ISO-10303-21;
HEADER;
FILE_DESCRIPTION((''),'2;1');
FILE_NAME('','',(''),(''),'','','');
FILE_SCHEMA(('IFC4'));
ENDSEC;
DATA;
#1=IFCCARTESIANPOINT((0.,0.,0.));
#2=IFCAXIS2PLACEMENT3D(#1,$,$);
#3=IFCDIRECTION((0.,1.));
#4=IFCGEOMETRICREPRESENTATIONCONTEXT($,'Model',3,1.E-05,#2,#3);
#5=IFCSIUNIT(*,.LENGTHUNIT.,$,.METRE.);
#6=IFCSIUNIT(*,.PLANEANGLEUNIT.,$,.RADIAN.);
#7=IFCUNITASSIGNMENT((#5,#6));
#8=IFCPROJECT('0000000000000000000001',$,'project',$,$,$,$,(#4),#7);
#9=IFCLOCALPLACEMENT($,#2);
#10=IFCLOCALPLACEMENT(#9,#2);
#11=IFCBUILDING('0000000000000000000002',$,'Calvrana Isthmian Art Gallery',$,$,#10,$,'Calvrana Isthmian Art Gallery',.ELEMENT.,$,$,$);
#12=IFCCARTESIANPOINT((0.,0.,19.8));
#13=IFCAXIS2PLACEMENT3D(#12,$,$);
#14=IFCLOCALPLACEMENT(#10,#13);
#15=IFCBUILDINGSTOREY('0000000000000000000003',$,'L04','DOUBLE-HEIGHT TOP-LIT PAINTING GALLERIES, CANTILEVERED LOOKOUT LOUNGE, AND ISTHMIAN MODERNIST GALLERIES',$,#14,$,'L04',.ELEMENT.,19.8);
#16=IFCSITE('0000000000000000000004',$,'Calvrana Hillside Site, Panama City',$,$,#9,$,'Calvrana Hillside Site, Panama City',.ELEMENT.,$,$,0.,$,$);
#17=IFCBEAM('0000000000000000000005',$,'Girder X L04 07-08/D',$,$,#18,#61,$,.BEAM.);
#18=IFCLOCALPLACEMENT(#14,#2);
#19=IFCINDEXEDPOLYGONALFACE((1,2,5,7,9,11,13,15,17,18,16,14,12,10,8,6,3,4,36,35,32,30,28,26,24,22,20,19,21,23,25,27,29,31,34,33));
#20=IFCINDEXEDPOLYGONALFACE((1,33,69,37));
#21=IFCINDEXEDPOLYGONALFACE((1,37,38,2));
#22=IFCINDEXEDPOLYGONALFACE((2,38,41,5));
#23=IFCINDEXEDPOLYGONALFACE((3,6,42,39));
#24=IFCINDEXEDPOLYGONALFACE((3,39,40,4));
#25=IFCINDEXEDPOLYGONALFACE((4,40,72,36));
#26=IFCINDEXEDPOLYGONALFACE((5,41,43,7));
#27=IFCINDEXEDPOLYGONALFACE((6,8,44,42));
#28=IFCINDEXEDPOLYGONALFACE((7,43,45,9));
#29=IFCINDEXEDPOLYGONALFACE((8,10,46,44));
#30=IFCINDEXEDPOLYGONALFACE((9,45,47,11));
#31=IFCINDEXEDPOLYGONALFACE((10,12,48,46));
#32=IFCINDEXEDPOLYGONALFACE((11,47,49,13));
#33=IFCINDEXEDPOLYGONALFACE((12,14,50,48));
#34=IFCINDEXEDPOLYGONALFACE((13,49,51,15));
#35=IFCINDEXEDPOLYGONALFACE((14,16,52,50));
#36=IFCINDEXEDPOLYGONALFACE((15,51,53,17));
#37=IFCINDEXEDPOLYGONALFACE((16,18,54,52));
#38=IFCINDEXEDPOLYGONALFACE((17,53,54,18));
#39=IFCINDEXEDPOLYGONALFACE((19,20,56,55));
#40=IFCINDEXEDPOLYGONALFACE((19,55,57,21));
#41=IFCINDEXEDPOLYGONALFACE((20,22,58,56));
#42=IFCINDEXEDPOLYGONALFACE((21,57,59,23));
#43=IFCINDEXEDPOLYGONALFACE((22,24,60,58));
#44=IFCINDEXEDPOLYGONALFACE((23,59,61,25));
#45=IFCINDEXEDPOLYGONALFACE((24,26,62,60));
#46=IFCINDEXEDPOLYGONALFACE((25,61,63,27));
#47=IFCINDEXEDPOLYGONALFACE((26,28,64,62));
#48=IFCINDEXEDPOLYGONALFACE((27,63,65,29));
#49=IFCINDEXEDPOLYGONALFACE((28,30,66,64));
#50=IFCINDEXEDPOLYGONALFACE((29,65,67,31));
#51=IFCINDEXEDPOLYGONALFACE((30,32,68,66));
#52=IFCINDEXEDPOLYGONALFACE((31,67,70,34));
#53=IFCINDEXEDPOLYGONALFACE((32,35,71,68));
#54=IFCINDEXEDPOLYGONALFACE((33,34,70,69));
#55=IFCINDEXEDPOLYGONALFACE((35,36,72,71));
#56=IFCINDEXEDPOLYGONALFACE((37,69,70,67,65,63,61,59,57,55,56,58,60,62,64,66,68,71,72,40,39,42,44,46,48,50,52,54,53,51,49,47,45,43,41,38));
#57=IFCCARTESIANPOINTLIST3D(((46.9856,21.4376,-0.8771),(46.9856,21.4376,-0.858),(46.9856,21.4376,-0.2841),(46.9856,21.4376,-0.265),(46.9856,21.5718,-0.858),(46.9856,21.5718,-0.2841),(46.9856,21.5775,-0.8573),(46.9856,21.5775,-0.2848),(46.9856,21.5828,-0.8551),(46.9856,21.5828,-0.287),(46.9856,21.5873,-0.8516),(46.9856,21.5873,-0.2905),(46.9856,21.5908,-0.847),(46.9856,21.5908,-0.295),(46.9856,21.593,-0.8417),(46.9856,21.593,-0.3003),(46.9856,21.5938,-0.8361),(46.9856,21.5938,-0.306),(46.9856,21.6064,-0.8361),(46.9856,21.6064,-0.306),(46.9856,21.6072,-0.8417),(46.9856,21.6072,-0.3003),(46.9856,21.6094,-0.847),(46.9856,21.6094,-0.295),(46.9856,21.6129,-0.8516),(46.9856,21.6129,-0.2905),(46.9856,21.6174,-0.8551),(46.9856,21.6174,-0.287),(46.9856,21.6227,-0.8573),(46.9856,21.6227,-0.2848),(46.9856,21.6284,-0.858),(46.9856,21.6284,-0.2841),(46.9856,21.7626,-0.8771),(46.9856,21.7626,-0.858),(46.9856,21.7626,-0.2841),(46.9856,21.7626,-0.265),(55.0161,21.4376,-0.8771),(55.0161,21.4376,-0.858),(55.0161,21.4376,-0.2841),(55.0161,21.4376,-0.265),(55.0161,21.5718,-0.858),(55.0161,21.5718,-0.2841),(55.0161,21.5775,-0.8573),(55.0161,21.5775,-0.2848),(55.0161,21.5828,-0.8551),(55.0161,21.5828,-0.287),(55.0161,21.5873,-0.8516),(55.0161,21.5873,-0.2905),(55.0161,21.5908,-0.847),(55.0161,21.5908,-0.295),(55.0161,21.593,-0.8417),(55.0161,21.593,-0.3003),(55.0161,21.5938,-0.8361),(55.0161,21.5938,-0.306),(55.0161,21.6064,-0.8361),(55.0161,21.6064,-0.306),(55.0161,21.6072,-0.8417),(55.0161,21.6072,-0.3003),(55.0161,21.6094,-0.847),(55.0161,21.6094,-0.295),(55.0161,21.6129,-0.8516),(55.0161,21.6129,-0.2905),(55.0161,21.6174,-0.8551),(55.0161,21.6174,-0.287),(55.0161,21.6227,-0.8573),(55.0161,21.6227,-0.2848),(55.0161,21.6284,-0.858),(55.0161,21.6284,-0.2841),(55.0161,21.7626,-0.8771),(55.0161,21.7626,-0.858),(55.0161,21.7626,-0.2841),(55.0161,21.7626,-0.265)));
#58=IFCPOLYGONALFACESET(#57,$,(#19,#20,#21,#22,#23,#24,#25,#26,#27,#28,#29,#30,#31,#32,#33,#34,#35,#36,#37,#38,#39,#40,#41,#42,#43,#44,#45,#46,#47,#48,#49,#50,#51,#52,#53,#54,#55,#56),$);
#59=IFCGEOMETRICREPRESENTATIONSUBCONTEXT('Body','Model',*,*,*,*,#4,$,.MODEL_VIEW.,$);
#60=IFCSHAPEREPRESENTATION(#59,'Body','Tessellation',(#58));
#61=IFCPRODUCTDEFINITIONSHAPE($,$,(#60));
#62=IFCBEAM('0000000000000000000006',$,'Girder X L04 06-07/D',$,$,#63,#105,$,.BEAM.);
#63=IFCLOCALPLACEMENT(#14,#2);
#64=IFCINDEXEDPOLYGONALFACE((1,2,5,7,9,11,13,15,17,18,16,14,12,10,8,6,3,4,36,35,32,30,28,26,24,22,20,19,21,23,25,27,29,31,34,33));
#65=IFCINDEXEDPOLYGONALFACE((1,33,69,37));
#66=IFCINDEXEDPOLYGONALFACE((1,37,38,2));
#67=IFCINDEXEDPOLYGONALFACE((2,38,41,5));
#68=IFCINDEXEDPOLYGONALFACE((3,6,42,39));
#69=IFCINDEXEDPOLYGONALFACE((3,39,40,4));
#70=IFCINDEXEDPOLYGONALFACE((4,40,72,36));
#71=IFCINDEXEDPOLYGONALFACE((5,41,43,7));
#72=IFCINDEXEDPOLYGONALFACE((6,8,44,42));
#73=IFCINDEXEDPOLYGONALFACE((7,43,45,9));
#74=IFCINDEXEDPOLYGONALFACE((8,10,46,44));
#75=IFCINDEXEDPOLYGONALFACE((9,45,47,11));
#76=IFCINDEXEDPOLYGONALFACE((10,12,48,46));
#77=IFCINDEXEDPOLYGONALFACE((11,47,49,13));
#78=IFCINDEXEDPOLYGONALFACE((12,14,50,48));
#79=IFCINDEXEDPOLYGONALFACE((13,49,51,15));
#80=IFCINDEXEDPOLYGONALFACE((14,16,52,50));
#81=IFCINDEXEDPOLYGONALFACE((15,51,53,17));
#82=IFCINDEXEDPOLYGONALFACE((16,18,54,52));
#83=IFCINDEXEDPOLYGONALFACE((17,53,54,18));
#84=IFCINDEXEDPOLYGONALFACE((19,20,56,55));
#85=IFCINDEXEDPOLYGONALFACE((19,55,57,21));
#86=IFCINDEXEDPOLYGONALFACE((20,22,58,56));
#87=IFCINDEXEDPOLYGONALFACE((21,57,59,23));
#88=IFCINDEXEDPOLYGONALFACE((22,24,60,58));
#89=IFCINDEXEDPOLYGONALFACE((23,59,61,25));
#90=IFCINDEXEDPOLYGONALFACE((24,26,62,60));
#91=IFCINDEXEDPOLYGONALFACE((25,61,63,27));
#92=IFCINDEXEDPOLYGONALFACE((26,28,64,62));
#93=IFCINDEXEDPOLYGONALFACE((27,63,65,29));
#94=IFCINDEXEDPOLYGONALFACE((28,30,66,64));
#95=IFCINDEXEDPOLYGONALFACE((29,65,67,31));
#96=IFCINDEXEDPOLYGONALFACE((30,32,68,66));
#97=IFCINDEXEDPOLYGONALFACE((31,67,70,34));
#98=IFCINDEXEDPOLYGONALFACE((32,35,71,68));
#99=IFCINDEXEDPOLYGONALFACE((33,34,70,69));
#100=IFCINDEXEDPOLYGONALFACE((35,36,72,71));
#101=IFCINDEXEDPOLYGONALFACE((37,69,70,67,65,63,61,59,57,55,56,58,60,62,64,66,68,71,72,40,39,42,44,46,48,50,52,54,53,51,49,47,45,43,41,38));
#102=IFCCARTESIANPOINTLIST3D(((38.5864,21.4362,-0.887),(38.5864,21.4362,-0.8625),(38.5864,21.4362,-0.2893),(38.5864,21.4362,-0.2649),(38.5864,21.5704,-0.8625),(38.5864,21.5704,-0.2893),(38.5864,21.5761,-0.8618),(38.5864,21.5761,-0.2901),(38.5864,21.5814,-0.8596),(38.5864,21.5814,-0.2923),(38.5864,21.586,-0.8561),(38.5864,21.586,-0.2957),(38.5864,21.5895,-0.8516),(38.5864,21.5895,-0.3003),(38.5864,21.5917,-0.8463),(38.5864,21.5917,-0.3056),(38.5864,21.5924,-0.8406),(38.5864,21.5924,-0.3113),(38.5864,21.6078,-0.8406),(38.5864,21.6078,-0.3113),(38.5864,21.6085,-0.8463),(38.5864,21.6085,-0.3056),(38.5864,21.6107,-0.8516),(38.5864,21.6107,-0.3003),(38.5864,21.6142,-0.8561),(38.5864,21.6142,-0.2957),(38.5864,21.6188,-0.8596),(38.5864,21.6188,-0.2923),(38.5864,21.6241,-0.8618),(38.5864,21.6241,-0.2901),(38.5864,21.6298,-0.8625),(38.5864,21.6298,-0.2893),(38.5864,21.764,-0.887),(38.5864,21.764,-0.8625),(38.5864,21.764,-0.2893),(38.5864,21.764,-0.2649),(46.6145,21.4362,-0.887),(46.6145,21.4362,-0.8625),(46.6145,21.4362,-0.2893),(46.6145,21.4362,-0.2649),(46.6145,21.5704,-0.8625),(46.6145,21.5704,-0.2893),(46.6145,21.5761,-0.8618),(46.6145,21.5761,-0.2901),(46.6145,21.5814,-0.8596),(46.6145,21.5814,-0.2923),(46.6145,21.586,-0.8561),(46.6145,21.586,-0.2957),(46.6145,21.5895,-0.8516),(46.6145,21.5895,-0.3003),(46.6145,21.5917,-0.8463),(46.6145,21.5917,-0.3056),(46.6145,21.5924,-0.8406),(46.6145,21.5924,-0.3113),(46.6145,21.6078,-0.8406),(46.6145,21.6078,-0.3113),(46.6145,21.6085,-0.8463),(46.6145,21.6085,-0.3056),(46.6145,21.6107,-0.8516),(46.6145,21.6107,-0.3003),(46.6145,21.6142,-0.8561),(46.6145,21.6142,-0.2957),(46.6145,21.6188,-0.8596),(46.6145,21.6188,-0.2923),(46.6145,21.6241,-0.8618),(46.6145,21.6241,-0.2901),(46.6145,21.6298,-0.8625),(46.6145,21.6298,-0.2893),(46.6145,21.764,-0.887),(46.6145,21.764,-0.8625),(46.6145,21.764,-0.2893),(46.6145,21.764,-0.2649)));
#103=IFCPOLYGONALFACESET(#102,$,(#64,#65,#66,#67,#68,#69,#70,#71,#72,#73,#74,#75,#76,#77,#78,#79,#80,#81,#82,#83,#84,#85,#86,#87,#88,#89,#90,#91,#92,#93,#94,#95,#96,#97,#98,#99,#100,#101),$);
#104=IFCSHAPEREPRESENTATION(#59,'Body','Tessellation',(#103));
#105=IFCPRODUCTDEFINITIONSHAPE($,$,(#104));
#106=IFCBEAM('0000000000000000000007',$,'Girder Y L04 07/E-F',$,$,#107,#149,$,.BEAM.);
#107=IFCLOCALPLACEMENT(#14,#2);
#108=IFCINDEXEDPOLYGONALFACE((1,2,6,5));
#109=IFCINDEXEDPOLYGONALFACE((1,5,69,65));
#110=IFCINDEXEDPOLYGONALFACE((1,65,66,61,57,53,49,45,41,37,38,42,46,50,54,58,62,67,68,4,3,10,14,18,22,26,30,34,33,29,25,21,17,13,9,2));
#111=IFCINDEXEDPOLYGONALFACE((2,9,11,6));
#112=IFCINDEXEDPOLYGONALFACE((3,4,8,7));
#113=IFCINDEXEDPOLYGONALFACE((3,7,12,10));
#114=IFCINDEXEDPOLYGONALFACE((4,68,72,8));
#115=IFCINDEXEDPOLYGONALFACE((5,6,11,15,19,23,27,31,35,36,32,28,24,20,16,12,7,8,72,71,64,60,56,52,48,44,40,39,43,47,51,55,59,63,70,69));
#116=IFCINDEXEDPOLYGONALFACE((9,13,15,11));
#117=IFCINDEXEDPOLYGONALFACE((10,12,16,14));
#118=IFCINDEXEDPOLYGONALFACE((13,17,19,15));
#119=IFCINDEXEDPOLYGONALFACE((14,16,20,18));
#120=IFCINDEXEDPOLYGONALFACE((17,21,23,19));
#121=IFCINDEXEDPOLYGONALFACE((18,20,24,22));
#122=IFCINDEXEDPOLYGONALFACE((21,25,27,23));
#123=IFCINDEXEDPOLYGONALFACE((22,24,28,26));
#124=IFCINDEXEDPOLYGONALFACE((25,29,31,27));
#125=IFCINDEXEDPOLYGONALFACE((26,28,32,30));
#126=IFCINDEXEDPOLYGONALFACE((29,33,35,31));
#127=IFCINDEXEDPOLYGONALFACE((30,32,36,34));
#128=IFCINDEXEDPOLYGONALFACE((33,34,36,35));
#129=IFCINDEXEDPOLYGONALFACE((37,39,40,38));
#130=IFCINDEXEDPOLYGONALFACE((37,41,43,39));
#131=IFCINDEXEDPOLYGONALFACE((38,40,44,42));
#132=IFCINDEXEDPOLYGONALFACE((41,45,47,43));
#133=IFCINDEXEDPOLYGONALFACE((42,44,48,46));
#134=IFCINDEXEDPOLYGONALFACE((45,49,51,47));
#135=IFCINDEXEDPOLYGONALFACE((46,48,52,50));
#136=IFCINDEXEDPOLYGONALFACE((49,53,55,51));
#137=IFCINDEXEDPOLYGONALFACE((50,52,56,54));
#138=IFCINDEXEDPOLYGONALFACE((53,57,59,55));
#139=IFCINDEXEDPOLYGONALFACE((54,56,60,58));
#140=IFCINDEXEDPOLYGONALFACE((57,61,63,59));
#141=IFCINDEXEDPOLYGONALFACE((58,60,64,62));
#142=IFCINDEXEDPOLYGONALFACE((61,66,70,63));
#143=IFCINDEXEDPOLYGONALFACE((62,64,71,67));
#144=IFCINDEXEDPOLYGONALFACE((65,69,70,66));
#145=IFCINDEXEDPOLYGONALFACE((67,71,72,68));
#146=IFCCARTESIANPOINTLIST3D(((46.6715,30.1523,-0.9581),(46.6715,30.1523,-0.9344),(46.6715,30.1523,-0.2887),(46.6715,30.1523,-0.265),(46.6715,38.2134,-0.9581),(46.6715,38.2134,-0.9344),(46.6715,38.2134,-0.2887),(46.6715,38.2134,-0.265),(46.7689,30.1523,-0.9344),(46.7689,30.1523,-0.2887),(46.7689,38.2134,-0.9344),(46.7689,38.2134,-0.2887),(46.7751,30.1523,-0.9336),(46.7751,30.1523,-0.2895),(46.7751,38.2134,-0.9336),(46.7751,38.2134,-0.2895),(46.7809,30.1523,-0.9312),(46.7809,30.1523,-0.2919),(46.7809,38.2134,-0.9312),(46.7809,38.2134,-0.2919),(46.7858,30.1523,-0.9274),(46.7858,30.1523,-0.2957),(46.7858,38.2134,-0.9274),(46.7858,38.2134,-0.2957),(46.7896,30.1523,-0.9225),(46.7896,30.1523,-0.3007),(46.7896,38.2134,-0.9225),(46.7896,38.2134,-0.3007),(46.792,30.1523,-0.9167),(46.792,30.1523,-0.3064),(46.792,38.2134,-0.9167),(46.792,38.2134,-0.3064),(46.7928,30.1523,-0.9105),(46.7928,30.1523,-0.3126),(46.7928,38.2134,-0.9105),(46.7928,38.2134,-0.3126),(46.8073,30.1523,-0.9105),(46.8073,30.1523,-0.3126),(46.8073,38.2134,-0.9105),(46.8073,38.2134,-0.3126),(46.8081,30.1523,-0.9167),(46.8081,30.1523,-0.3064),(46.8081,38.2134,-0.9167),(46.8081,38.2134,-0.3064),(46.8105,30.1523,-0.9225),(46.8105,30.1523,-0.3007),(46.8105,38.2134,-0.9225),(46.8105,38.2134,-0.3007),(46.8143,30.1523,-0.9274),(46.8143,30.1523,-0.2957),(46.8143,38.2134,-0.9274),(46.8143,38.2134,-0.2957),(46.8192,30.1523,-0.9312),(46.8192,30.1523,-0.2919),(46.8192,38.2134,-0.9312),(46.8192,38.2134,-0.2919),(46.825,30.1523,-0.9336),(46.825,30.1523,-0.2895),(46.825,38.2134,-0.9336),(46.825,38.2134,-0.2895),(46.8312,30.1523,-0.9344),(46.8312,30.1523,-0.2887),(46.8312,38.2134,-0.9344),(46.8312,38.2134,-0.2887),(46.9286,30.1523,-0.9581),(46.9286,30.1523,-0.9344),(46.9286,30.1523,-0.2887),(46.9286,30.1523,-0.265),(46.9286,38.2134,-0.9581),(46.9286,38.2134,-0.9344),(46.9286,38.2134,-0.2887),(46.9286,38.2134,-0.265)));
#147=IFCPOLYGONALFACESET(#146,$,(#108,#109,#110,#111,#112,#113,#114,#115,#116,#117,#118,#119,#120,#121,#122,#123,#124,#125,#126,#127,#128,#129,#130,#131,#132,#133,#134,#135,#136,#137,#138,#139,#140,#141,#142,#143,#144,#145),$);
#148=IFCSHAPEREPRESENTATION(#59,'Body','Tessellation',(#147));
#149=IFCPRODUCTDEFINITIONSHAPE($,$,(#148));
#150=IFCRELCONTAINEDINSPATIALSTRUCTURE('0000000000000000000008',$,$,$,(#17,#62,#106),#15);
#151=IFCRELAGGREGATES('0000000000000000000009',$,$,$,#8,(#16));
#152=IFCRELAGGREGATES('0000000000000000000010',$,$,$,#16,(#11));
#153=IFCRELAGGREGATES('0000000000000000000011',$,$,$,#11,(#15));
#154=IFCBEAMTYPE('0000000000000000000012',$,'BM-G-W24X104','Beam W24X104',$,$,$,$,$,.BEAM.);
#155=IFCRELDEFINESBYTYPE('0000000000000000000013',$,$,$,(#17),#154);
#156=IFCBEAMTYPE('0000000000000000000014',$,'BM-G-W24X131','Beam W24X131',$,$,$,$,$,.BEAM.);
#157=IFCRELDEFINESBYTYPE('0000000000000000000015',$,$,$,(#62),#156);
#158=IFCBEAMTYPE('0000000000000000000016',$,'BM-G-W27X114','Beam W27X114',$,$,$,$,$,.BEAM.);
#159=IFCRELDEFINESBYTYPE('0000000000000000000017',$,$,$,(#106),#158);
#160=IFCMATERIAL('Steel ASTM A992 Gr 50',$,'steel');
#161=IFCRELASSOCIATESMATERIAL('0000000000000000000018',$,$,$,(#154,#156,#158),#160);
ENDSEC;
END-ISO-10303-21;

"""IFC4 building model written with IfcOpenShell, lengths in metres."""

from ifc_helpers import new_model, si_unit, direction, frame, origin, origin_2d, place, context, subcontext, project, spatial, i_section, extrude, material, material_profile, profile_set, type_object, element, save


model = new_model("IFC4")

# Units and contexts
model_context = context("Model", 3, precision=1e-05, world=origin(), true_north=direction((0.0, 1.0)))
body_context = subcontext(model_context, "Body", "Model", "MODEL_VIEW")
ifc_project = project(units=[si_unit("LENGTHUNIT", "METRE"), si_unit("PLANEANGLEUNIT", "RADIAN")], contexts=[model_context])

# Site, building, storey
site_placement = place(None, origin())
site = spatial("IfcSite", under=ifc_project, at=site_placement, Name="Calvrana Hillside Site, Panama City", LongName="Calvrana Hillside Site, Panama City", CompositionType="ELEMENT", RefElevation=0.0)
building_placement = place(site_placement, origin())
building = spatial("IfcBuilding", under=site, at=building_placement, Name="Calvrana Isthmian Art Gallery", LongName="Calvrana Isthmian Art Gallery", CompositionType="ELEMENT")
storey_placement = place(building_placement, frame((0.0, 0.0, 19.8)))
storey = spatial("IfcBuildingStorey", under=building, at=storey_placement, Name="L04", Description="DOUBLE-HEIGHT TOP-LIT PAINTING GALLERIES, CANTILEVERED LOOKOUT LOUNGE, AND ISTHMIAN MODERNIST GALLERIES", LongName="L04", CompositionType="ELEMENT", Elevation=19.8)

# Shared definitions
ifc_material_1 = material(Name="Steel ASTM A992 Gr 50", Category="steel")

# Beams
ifc_material_profile_1 = material_profile(ifc_material_1, i_section(OverallWidth=0.325, OverallDepth=0.6121, WebThickness=0.0127, FlangeThickness=0.019, FilletRadius=0.022, at=origin_2d()), Name="W24X104")
ifc_profile_set_1 = profile_set([ifc_material_profile_1], Name="Steel ASTM A992 Gr 50")
beam_type_1 = type_object("IfcBeamType", Name="BM-G-W24X104", Description="Beam W24X104", PredefinedType="BEAM", material=ifc_profile_set_1)
beam_1_placement = place(storey_placement, frame((46.9856, 21.6001, -0.571), z_axis=(1.0, 0.0, 0.0), x_axis=(0.0, 1.0, 0.0)))
element("IfcBeam", 1, at=beam_1_placement, inside=storey, type_object=beam_type_1, Name="Girder X L04 07-08/D", PredefinedType="BEAM", context=body_context, shape_type="SweptSolid", body=[
    extrude(i_section(OverallWidth=0.325, OverallDepth=0.6121, WebThickness=0.0127, FlangeThickness=0.019, FilletRadius=0.022, at=origin_2d()), origin(), (0.0, 0.0, 1.0), 8.0305),
])
ifc_material_profile_2 = material_profile(ifc_material_1, i_section(OverallWidth=0.3279, OverallDepth=0.6221, WebThickness=0.0154, FlangeThickness=0.0244, FilletRadius=0.022, at=origin_2d()), Name="W24X131")
ifc_profile_set_2 = profile_set([ifc_material_profile_2], Name="Steel ASTM A992 Gr 50")
beam_type_2 = type_object("IfcBeamType", Name="BM-G-W24X131", Description="Beam W24X131", PredefinedType="BEAM", material=ifc_profile_set_2)
beam_2_placement = place(storey_placement, frame((38.5864, 21.6001, -0.5759), z_axis=(1.0, 0.0, 0.0), x_axis=(0.0, 1.0, 0.0)))
element("IfcBeam", 2, at=beam_2_placement, inside=storey, type_object=beam_type_2, Name="Girder X L04 06-07/D", PredefinedType="BEAM", context=body_context, shape_type="SweptSolid", body=[
    extrude(i_section(OverallWidth=0.3279, OverallDepth=0.6221, WebThickness=0.0154, FlangeThickness=0.0244, FilletRadius=0.022, at=origin_2d()), origin(), (0.0, 0.0, 1.0), 8.0281),
])
ifc_material_profile_3 = material_profile(ifc_material_1, i_section(OverallWidth=0.2571, OverallDepth=0.6931, WebThickness=0.0144, FlangeThickness=0.0237, FilletRadius=0.0239, at=origin_2d()), Name="W27X114")
ifc_profile_set_3 = profile_set([ifc_material_profile_3], Name="Steel ASTM A992 Gr 50")
beam_type_3 = type_object("IfcBeamType", Name="BM-G-W27X114", Description="Beam W27X114", PredefinedType="BEAM", material=ifc_profile_set_3)
beam_3_placement = place(storey_placement, frame((46.8, 30.1523, -0.6116), z_axis=(0.0, 1.0, 0.0), x_axis=(-1.0, 0.0, 0.0)))
element("IfcBeam", 3, at=beam_3_placement, inside=storey, type_object=beam_type_3, Name="Girder Y L04 07/E-F", PredefinedType="BEAM", context=body_context, shape_type="SweptSolid", body=[
    extrude(i_section(OverallWidth=0.2571, OverallDepth=0.6931, WebThickness=0.0144, FlangeThickness=0.0237, FilletRadius=0.0239, at=origin_2d()), origin(), (0.0, 0.0, 1.0), 8.061),
])

save(model, "model.ifc")
